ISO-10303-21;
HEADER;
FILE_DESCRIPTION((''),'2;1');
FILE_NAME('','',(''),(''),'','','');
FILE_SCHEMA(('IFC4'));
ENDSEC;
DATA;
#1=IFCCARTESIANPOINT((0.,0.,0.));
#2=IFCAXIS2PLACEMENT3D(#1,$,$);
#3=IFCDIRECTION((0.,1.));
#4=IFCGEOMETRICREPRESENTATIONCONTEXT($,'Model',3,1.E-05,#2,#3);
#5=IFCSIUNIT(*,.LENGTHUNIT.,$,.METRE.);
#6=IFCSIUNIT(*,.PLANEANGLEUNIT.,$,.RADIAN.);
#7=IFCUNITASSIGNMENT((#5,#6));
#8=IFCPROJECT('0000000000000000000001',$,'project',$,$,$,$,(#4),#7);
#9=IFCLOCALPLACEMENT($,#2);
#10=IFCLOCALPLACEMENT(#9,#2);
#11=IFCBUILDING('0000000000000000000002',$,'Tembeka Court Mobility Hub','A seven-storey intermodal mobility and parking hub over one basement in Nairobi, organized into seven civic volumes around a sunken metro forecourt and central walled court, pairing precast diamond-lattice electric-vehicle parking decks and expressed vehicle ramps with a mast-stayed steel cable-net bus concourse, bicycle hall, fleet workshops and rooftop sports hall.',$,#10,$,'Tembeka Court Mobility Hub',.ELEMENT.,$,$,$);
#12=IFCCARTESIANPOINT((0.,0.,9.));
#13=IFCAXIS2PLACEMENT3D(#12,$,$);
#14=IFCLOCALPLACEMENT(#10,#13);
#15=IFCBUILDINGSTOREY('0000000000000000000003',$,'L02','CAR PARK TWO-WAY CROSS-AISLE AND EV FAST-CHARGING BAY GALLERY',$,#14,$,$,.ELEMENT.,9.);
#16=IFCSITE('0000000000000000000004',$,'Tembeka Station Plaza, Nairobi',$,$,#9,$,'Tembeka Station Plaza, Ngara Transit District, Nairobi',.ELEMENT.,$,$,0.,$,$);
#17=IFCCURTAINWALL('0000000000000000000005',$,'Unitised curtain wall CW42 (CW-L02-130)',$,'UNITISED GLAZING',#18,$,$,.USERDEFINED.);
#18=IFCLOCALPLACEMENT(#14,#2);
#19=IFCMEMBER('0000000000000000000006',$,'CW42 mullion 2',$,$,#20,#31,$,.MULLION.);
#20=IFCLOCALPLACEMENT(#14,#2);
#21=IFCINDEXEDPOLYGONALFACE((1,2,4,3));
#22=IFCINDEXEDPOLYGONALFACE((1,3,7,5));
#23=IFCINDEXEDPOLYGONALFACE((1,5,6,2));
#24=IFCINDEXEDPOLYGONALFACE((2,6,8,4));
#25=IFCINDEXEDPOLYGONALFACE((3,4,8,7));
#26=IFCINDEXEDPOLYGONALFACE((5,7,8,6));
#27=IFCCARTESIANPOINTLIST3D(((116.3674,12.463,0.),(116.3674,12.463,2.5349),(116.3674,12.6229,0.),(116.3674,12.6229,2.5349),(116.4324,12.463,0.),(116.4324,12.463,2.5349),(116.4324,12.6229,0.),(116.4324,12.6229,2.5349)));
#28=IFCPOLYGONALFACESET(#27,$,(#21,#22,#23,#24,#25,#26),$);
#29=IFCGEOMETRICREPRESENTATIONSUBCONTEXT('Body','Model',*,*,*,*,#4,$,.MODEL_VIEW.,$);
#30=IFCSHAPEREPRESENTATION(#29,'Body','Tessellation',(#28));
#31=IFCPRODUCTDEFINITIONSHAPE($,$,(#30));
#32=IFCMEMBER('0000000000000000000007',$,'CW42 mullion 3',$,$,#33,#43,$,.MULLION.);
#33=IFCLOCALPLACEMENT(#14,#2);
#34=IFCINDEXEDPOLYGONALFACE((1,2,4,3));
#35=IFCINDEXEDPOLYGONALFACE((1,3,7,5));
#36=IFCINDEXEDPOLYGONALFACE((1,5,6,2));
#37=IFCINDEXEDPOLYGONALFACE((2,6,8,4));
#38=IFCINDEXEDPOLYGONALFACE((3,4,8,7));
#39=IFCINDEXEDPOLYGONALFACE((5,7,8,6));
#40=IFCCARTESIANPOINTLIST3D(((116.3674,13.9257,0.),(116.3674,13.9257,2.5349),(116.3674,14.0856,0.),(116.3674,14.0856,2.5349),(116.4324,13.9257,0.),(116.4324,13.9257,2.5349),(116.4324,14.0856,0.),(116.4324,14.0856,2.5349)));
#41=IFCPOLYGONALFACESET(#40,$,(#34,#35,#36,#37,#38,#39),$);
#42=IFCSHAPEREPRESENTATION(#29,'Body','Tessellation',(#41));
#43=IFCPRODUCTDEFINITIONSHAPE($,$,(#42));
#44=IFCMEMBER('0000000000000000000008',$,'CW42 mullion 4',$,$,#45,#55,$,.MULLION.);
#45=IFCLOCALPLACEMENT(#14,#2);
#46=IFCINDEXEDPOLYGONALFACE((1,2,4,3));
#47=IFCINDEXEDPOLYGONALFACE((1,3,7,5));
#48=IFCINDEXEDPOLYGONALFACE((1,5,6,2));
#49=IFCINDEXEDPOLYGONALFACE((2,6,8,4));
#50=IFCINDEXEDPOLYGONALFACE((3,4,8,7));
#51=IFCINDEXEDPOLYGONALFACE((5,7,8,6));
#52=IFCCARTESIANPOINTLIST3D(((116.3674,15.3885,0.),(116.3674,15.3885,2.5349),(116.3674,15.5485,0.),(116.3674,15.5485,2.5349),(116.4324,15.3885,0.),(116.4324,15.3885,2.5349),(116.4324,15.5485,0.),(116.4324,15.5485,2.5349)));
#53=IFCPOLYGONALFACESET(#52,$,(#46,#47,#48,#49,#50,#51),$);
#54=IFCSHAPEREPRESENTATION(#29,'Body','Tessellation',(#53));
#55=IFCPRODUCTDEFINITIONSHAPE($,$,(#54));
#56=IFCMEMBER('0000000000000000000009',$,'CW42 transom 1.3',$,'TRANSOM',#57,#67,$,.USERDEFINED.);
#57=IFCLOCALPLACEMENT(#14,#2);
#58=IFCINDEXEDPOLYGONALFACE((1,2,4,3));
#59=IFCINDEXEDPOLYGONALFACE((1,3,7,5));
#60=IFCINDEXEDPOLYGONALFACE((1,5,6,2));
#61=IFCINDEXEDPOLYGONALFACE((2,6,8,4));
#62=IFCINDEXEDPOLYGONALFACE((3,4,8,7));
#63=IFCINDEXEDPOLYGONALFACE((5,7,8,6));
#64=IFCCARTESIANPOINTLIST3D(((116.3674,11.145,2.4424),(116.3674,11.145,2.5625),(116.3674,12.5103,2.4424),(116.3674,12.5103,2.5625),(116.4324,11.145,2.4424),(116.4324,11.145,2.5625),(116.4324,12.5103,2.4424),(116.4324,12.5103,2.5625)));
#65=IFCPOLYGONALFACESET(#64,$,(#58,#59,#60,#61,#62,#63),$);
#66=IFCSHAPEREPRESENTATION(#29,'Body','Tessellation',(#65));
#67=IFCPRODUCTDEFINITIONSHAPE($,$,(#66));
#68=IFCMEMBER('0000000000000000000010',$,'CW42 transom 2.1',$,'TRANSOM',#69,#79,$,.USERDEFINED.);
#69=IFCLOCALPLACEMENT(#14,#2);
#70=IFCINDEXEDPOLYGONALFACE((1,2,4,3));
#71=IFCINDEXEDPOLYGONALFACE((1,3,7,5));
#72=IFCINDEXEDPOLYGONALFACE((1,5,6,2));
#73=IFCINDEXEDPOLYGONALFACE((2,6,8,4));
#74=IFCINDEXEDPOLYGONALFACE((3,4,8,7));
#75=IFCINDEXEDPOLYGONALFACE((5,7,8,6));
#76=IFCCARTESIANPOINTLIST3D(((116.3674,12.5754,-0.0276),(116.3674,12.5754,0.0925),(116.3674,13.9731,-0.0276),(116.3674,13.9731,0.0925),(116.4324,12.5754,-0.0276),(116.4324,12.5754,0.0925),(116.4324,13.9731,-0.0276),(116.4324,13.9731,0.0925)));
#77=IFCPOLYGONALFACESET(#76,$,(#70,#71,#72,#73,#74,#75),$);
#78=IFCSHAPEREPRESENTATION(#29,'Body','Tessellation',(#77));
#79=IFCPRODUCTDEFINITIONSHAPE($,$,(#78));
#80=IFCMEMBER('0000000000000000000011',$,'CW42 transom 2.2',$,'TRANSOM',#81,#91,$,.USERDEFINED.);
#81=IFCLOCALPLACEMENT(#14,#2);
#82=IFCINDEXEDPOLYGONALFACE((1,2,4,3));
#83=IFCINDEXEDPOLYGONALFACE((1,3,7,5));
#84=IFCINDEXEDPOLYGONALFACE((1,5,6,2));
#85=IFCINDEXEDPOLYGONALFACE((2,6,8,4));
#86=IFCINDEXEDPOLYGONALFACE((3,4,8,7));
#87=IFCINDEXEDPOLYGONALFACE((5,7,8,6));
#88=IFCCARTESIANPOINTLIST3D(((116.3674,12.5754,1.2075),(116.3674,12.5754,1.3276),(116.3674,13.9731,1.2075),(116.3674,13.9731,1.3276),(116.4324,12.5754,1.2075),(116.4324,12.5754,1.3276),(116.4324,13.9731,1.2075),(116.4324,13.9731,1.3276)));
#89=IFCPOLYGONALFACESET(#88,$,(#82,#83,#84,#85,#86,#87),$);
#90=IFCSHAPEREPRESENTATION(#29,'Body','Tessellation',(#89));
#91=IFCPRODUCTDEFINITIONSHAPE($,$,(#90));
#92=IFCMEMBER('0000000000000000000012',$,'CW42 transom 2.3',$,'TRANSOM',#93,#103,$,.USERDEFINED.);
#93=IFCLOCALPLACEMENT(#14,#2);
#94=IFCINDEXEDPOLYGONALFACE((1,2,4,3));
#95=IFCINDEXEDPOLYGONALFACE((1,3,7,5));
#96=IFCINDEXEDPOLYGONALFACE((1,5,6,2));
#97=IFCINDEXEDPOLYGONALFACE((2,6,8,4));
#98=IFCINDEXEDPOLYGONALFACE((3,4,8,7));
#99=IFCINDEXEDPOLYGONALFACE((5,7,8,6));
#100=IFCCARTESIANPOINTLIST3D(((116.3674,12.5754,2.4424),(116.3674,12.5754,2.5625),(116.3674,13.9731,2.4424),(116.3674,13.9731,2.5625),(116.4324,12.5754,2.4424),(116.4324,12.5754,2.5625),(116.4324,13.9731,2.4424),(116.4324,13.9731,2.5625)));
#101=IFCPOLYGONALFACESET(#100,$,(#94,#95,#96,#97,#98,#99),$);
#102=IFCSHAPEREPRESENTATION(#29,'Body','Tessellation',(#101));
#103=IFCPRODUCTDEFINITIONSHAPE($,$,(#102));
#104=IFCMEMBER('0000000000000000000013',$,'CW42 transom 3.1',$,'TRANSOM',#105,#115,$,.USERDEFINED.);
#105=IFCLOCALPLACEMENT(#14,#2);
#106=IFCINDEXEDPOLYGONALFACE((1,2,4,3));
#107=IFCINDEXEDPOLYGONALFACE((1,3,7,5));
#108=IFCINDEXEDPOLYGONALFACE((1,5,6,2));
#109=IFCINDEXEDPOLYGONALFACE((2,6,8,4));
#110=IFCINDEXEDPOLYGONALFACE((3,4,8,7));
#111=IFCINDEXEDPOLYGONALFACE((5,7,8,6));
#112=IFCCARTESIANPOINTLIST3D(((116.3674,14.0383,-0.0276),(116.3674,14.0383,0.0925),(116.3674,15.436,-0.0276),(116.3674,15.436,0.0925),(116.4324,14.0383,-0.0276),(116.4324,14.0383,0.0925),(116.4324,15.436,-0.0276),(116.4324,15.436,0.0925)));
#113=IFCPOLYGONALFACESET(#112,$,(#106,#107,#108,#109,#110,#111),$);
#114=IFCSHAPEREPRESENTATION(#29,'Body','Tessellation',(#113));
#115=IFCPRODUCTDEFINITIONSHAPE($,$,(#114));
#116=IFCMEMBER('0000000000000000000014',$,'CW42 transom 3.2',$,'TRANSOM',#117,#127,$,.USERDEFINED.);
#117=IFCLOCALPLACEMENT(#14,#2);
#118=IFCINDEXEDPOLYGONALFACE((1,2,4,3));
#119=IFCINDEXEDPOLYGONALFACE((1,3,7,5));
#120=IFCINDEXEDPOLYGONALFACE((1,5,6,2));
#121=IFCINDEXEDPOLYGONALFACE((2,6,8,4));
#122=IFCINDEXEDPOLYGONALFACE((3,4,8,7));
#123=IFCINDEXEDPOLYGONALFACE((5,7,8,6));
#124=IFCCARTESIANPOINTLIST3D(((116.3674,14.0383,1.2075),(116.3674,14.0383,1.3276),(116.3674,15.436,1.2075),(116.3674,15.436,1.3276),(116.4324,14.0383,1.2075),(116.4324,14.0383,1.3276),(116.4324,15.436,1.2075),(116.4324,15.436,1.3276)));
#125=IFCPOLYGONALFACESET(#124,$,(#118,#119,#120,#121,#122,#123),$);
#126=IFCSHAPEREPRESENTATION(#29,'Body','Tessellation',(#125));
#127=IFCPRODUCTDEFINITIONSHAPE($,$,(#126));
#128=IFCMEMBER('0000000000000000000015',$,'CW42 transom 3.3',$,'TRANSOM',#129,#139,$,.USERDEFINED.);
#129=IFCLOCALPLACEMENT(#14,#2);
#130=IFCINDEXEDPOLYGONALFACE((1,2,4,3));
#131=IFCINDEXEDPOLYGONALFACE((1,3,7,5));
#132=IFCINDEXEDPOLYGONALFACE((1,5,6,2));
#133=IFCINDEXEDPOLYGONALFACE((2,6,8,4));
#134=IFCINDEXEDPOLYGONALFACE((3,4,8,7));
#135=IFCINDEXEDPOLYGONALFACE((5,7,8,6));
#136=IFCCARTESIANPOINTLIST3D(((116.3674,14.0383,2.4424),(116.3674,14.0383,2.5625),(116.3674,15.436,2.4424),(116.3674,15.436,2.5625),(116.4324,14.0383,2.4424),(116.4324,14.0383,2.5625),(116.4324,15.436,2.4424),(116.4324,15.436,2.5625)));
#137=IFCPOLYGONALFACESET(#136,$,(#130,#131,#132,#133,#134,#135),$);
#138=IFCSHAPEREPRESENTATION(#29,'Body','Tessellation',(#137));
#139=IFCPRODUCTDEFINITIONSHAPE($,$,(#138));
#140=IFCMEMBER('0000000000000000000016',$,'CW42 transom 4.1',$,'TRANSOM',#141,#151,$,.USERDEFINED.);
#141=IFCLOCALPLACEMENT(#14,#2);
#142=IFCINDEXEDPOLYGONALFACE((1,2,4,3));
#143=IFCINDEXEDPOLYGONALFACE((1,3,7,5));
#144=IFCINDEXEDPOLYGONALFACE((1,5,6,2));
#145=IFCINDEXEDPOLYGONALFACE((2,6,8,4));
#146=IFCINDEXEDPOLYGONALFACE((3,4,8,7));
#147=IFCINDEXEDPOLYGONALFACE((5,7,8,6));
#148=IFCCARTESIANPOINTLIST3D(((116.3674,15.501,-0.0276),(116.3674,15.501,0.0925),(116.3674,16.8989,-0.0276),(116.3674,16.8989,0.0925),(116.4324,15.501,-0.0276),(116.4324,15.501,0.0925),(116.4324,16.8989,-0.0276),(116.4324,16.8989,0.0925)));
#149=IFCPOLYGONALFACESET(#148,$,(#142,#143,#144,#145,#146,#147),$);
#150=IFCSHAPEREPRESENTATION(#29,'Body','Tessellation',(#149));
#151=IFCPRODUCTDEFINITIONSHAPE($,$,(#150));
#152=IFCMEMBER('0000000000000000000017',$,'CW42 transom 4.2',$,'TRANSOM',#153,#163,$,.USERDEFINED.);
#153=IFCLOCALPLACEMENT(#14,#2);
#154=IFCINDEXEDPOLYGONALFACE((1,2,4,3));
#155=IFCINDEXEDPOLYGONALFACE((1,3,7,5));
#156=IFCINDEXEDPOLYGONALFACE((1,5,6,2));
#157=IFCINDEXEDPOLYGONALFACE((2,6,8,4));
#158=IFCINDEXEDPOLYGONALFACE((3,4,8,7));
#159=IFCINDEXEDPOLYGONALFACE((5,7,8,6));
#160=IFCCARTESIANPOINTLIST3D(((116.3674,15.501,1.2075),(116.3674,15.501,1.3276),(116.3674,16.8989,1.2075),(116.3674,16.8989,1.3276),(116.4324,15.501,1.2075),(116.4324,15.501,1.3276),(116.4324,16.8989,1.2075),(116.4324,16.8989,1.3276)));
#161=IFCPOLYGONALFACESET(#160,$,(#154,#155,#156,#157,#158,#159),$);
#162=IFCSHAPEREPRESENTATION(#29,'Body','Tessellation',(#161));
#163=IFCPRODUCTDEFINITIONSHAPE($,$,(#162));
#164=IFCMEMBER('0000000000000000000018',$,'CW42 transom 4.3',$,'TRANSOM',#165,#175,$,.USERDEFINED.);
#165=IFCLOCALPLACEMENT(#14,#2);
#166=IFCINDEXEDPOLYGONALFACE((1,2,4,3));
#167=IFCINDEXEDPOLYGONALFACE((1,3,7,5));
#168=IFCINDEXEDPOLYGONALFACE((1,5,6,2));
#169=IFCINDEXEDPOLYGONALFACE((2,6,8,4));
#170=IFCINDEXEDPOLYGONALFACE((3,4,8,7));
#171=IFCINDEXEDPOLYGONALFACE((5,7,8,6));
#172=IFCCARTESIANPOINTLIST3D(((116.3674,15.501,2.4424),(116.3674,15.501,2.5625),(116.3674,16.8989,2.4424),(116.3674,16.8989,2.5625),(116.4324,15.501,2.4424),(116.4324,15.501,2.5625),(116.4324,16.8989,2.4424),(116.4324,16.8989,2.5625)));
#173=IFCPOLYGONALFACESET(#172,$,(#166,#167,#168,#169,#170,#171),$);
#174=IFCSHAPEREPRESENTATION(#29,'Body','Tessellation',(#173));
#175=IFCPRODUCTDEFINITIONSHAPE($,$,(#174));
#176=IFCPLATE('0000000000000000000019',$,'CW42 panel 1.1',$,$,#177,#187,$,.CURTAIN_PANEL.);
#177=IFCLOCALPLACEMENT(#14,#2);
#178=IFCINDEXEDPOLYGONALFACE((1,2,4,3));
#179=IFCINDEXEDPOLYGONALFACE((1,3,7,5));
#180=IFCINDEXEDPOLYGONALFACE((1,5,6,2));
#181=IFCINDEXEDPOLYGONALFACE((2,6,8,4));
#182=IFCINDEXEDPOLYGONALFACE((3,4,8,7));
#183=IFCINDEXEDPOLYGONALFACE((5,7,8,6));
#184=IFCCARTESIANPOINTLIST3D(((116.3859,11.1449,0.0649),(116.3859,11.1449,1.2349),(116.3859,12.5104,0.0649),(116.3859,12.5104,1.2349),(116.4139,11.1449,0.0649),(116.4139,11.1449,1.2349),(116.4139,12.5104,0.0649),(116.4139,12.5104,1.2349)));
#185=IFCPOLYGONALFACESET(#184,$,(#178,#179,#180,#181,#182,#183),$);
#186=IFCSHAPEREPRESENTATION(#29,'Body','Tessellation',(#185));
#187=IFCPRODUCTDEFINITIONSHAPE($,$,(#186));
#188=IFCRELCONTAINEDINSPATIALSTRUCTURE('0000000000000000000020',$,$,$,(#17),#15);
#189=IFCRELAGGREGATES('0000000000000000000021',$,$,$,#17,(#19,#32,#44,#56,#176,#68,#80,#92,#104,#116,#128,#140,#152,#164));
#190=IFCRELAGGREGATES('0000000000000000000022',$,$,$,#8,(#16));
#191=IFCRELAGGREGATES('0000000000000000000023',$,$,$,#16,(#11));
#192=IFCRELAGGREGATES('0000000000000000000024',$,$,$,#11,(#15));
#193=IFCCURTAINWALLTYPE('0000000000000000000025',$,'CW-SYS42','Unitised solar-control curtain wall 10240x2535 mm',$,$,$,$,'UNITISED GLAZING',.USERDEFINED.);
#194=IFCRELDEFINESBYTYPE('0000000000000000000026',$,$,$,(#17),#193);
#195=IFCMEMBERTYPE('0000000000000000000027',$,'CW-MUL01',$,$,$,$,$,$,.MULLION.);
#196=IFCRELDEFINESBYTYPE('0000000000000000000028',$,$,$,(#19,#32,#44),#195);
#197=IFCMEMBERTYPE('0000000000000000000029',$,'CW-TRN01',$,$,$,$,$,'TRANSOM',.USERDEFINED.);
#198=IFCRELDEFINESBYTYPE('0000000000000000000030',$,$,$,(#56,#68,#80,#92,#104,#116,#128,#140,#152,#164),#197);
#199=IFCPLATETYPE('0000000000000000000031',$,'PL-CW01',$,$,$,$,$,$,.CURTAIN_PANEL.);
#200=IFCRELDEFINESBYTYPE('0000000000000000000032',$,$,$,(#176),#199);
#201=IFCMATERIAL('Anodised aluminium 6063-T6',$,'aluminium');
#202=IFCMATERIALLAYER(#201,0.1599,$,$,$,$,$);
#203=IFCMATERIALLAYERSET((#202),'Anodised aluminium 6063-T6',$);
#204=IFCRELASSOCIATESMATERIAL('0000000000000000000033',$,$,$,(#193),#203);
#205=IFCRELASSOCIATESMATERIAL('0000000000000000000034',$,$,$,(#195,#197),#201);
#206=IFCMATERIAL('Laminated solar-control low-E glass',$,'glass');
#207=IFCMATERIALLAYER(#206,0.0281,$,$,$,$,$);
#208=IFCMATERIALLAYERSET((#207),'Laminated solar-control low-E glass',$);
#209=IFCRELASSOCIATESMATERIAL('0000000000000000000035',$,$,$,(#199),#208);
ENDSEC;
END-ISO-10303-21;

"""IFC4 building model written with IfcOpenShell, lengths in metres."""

from ifc_helpers import new_model, si_unit, direction, frame, origin, origin_2d, place, context, subcontext, project, spatial, rectangle, extrude, material, layer, layer_set, material_profile, profile_set, type_object, element, aggregate, save


model = new_model("IFC4")

# Units and contexts
model_context = context("Model", 3, precision=1e-05, world=origin(), true_north=direction((0.0, 1.0)))
body_context = subcontext(model_context, "Body", "Model", "MODEL_VIEW")
ifc_project = project(units=[si_unit("LENGTHUNIT", "METRE"), si_unit("PLANEANGLEUNIT", "RADIAN")], contexts=[model_context])

# Site, building, storey
site_placement = place(None, origin())
site = spatial("IfcSite", under=ifc_project, at=site_placement, Name="Tembeka Station Plaza, Nairobi", LongName="Tembeka Station Plaza, Ngara Transit District, Nairobi", CompositionType="ELEMENT", RefElevation=0.0)
building_placement = place(site_placement, origin())
building = spatial("IfcBuilding", under=site, at=building_placement, Name="Tembeka Court Mobility Hub", Description="A seven-storey intermodal mobility and parking hub over one basement in Nairobi, organized into seven civic volumes around a sunken metro forecourt and central walled court, pairing precast diamond-lattice electric-vehicle parking decks and expressed vehicle ramps with a mast-stayed steel cable-net bus concourse, bicycle hall, fleet workshops and rooftop sports hall.", LongName="Tembeka Court Mobility Hub", CompositionType="ELEMENT")
storey_placement = place(building_placement, frame((0.0, 0.0, 9.0)))
storey = spatial("IfcBuildingStorey", under=building, at=storey_placement, Name="L02", Description="CAR PARK TWO-WAY CROSS-AISLE AND EV FAST-CHARGING BAY GALLERY", CompositionType="ELEMENT", Elevation=9.0)

# Curtain wall, members, plate
ifc_material_1 = material(Name="Anodised aluminium 6063-T6", Category="aluminium")
ifc_layer_1 = layer(ifc_material_1, 0.1599)
ifc_layer_set_1 = layer_set([ifc_layer_1], Name="Anodised aluminium 6063-T6")
curtain_wall_type = type_object("IfcCurtainWallType", Name="CW-SYS42", Description="Unitised solar-control curtain wall 10240x2535 mm", ElementType="UNITISED GLAZING", PredefinedType="USERDEFINED", material=ifc_layer_set_1)
curtain_wall_placement = place(storey_placement, origin())
curtain_wall = element("IfcCurtainWall", 1, at=curtain_wall_placement, inside=storey, type_object=curtain_wall_type, Name="Unitised curtain wall CW42 (CW-L02-130)", ObjectType="UNITISED GLAZING", PredefinedType="USERDEFINED")
ifc_material_profile_1 = material_profile(ifc_material_1, rectangle(XDim=0.0649, YDim=0.1599, at=origin_2d()), Name="ALU-MUL 65x160")
ifc_profile_set_1 = profile_set([ifc_material_profile_1], Name="Anodised aluminium 6063-T6")
member_type_1 = type_object("IfcMemberType", Name="CW-MUL01", PredefinedType="MULLION", material=ifc_profile_set_1)
member_1_placement = place(storey_placement, frame((116.3999, 12.543, 0.0), z_axis=(0.0, 0.0, 1.0), x_axis=(-1.0, 0.0, 0.0)))
member_1 = element("IfcMember", 2, at=member_1_placement, type_object=member_type_1, Name="CW42 mullion 2", PredefinedType="MULLION", context=body_context, shape_type="SweptSolid", body=[
    extrude(rectangle(XDim=0.0649, YDim=0.1599, at=origin_2d()), origin(), (0.0, 0.0, 1.0), 2.5349),
])
member_2_placement = place(storey_placement, frame((116.3999, 14.0056, 0.0), z_axis=(0.0, 0.0, 1.0), x_axis=(-1.0, 0.0, 0.0)))
member_2 = element("IfcMember", 3, at=member_2_placement, type_object=member_type_1, Name="CW42 mullion 3", PredefinedType="MULLION", context=body_context, shape_type="SweptSolid", body=[
    extrude(rectangle(XDim=0.0649, YDim=0.1599, at=origin_2d()), origin(), (0.0, 0.0, 1.0), 2.5349),
])
member_3_placement = place(storey_placement, frame((116.3999, 15.4685, 0.0), z_axis=(0.0, 0.0, 1.0), x_axis=(-1.0, 0.0, 0.0)))
member_3 = element("IfcMember", 4, at=member_3_placement, type_object=member_type_1, Name="CW42 mullion 4", PredefinedType="MULLION", context=body_context, shape_type="SweptSolid", body=[
    extrude(rectangle(XDim=0.0649, YDim=0.1599, at=origin_2d()), origin(), (0.0, 0.0, 1.0), 2.5349),
])
ifc_material_profile_2 = material_profile(ifc_material_1, rectangle(XDim=0.0649, YDim=0.1201, at=origin_2d()), Name="ALU-TRN 65x120")
ifc_profile_set_2 = profile_set([ifc_material_profile_2], Name="Anodised aluminium 6063-T6")
member_type_2 = type_object("IfcMemberType", Name="CW-TRN01", ElementType="TRANSOM", PredefinedType="USERDEFINED", material=ifc_profile_set_2)
member_4_placement = place(storey_placement, frame((116.3999, 11.145, 2.5024), z_axis=(0.0, 1.0, 0.0), x_axis=(-1.0, 0.0, 0.0)))
member_4 = element("IfcMember", 5, at=member_4_placement, type_object=member_type_2, Name="CW42 transom 1.3", ObjectType="TRANSOM", PredefinedType="USERDEFINED", context=body_context, shape_type="SweptSolid", body=[
    extrude(rectangle(XDim=0.0649, YDim=0.1201, at=origin_2d()), origin(), (0.0, 0.0, 1.0), 1.3652),
])
member_5_placement = place(storey_placement, frame((116.3999, 12.5754, 0.0325), z_axis=(0.0, 1.0, 0.0), x_axis=(-1.0, 0.0, 0.0)))
member_5 = element("IfcMember", 6, at=member_5_placement, type_object=member_type_2, Name="CW42 transom 2.1", ObjectType="TRANSOM", PredefinedType="USERDEFINED", context=body_context, shape_type="SweptSolid", body=[
    extrude(rectangle(XDim=0.0649, YDim=0.1201, at=origin_2d()), origin(), (0.0, 0.0, 1.0), 1.3977),
])
member_6_placement = place(storey_placement, frame((116.3999, 12.5754, 1.2676), z_axis=(0.0, 1.0, 0.0), x_axis=(-1.0, 0.0, 0.0)))
member_6 = element("IfcMember", 7, at=member_6_placement, type_object=member_type_2, Name="CW42 transom 2.2", ObjectType="TRANSOM", PredefinedType="USERDEFINED", context=body_context, shape_type="SweptSolid", body=[
    extrude(rectangle(XDim=0.0649, YDim=0.1201, at=origin_2d()), origin(), (0.0, 0.0, 1.0), 1.3977),
])
member_7_placement = place(storey_placement, frame((116.3999, 12.5754, 2.5024), z_axis=(0.0, 1.0, 0.0), x_axis=(-1.0, 0.0, 0.0)))
member_7 = element("IfcMember", 8, at=member_7_placement, type_object=member_type_2, Name="CW42 transom 2.3", ObjectType="TRANSOM", PredefinedType="USERDEFINED", context=body_context, shape_type="SweptSolid", body=[
    extrude(rectangle(XDim=0.0649, YDim=0.1201, at=origin_2d()), origin(), (0.0, 0.0, 1.0), 1.3977),
])
member_8_placement = place(storey_placement, frame((116.3999, 14.0383, 0.0325), z_axis=(0.0, 1.0, 0.0), x_axis=(-1.0, 0.0, 0.0)))
member_8 = element("IfcMember", 9, at=member_8_placement, type_object=member_type_2, Name="CW42 transom 3.1", ObjectType="TRANSOM", PredefinedType="USERDEFINED", context=body_context, shape_type="SweptSolid", body=[
    extrude(rectangle(XDim=0.0649, YDim=0.1201, at=origin_2d()), origin(), (0.0, 0.0, 1.0), 1.3977),
])
member_9_placement = place(storey_placement, frame((116.3999, 14.0383, 1.2676), z_axis=(0.0, 1.0, 0.0), x_axis=(-1.0, 0.0, 0.0)))
member_9 = element("IfcMember", 10, at=member_9_placement, type_object=member_type_2, Name="CW42 transom 3.2", ObjectType="TRANSOM", PredefinedType="USERDEFINED", context=body_context, shape_type="SweptSolid", body=[
    extrude(rectangle(XDim=0.0649, YDim=0.1201, at=origin_2d()), origin(), (0.0, 0.0, 1.0), 1.3977),
])
member_10_placement = place(storey_placement, frame((116.3999, 14.0383, 2.5024), z_axis=(0.0, 1.0, 0.0), x_axis=(-1.0, 0.0, 0.0)))
member_10 = element("IfcMember", 11, at=member_10_placement, type_object=member_type_2, Name="CW42 transom 3.3", ObjectType="TRANSOM", PredefinedType="USERDEFINED", context=body_context, shape_type="SweptSolid", body=[
    extrude(rectangle(XDim=0.0649, YDim=0.1201, at=origin_2d()), origin(), (0.0, 0.0, 1.0), 1.3977),
])
member_11_placement = place(storey_placement, frame((116.3999, 15.501, 0.0325), z_axis=(0.0, 1.0, 0.0), x_axis=(-1.0, 0.0, 0.0)))
member_11 = element("IfcMember", 12, at=member_11_placement, type_object=member_type_2, Name="CW42 transom 4.1", ObjectType="TRANSOM", PredefinedType="USERDEFINED", context=body_context, shape_type="SweptSolid", body=[
    extrude(rectangle(XDim=0.0649, YDim=0.1201, at=origin_2d()), origin(), (0.0, 0.0, 1.0), 1.3979),
])
member_12_placement = place(storey_placement, frame((116.3999, 15.501, 1.2676), z_axis=(0.0, 1.0, 0.0), x_axis=(-1.0, 0.0, 0.0)))
member_12 = element("IfcMember", 13, at=member_12_placement, type_object=member_type_2, Name="CW42 transom 4.2", ObjectType="TRANSOM", PredefinedType="USERDEFINED", context=body_context, shape_type="SweptSolid", body=[
    extrude(rectangle(XDim=0.0649, YDim=0.1201, at=origin_2d()), origin(), (0.0, 0.0, 1.0), 1.3979),
])
member_13_placement = place(storey_placement, frame((116.3999, 15.501, 2.5024), z_axis=(0.0, 1.0, 0.0), x_axis=(-1.0, 0.0, 0.0)))
member_13 = element("IfcMember", 14, at=member_13_placement, type_object=member_type_2, Name="CW42 transom 4.3", ObjectType="TRANSOM", PredefinedType="USERDEFINED", context=body_context, shape_type="SweptSolid", body=[
    extrude(rectangle(XDim=0.0649, YDim=0.1201, at=origin_2d()), origin(), (0.0, 0.0, 1.0), 1.3979),
])
ifc_material_2 = material(Name="Laminated solar-control low-E glass", Category="glass")
ifc_layer_2 = layer(ifc_material_2, 0.0281)
ifc_layer_set_2 = layer_set([ifc_layer_2], Name="Laminated solar-control low-E glass")
plate_type = type_object("IfcPlateType", Name="PL-CW01", PredefinedType="CURTAIN_PANEL", material=ifc_layer_set_2)
plate_1_placement = place(storey_placement, frame((116.3999, 11.8276, 0.0649), z_axis=(0.0, 0.0, 1.0), x_axis=(0.0, 1.0, 0.0)))
plate_1 = element("IfcPlate", 15, at=plate_1_placement, type_object=plate_type, Name="CW42 panel 1.1", PredefinedType="CURTAIN_PANEL", context=body_context, shape_type="SweptSolid", body=[
    extrude(rectangle(XDim=1.3655, YDim=0.0281, at=origin_2d()), origin(), (0.0, 0.0, 1.0), 1.1699),
])
aggregate(curtain_wall, [member_1, member_2, member_3, member_4, plate_1, member_5, member_6, member_7, member_8, member_9, member_10, member_11, member_12, member_13])

save(model, "model.ifc")
